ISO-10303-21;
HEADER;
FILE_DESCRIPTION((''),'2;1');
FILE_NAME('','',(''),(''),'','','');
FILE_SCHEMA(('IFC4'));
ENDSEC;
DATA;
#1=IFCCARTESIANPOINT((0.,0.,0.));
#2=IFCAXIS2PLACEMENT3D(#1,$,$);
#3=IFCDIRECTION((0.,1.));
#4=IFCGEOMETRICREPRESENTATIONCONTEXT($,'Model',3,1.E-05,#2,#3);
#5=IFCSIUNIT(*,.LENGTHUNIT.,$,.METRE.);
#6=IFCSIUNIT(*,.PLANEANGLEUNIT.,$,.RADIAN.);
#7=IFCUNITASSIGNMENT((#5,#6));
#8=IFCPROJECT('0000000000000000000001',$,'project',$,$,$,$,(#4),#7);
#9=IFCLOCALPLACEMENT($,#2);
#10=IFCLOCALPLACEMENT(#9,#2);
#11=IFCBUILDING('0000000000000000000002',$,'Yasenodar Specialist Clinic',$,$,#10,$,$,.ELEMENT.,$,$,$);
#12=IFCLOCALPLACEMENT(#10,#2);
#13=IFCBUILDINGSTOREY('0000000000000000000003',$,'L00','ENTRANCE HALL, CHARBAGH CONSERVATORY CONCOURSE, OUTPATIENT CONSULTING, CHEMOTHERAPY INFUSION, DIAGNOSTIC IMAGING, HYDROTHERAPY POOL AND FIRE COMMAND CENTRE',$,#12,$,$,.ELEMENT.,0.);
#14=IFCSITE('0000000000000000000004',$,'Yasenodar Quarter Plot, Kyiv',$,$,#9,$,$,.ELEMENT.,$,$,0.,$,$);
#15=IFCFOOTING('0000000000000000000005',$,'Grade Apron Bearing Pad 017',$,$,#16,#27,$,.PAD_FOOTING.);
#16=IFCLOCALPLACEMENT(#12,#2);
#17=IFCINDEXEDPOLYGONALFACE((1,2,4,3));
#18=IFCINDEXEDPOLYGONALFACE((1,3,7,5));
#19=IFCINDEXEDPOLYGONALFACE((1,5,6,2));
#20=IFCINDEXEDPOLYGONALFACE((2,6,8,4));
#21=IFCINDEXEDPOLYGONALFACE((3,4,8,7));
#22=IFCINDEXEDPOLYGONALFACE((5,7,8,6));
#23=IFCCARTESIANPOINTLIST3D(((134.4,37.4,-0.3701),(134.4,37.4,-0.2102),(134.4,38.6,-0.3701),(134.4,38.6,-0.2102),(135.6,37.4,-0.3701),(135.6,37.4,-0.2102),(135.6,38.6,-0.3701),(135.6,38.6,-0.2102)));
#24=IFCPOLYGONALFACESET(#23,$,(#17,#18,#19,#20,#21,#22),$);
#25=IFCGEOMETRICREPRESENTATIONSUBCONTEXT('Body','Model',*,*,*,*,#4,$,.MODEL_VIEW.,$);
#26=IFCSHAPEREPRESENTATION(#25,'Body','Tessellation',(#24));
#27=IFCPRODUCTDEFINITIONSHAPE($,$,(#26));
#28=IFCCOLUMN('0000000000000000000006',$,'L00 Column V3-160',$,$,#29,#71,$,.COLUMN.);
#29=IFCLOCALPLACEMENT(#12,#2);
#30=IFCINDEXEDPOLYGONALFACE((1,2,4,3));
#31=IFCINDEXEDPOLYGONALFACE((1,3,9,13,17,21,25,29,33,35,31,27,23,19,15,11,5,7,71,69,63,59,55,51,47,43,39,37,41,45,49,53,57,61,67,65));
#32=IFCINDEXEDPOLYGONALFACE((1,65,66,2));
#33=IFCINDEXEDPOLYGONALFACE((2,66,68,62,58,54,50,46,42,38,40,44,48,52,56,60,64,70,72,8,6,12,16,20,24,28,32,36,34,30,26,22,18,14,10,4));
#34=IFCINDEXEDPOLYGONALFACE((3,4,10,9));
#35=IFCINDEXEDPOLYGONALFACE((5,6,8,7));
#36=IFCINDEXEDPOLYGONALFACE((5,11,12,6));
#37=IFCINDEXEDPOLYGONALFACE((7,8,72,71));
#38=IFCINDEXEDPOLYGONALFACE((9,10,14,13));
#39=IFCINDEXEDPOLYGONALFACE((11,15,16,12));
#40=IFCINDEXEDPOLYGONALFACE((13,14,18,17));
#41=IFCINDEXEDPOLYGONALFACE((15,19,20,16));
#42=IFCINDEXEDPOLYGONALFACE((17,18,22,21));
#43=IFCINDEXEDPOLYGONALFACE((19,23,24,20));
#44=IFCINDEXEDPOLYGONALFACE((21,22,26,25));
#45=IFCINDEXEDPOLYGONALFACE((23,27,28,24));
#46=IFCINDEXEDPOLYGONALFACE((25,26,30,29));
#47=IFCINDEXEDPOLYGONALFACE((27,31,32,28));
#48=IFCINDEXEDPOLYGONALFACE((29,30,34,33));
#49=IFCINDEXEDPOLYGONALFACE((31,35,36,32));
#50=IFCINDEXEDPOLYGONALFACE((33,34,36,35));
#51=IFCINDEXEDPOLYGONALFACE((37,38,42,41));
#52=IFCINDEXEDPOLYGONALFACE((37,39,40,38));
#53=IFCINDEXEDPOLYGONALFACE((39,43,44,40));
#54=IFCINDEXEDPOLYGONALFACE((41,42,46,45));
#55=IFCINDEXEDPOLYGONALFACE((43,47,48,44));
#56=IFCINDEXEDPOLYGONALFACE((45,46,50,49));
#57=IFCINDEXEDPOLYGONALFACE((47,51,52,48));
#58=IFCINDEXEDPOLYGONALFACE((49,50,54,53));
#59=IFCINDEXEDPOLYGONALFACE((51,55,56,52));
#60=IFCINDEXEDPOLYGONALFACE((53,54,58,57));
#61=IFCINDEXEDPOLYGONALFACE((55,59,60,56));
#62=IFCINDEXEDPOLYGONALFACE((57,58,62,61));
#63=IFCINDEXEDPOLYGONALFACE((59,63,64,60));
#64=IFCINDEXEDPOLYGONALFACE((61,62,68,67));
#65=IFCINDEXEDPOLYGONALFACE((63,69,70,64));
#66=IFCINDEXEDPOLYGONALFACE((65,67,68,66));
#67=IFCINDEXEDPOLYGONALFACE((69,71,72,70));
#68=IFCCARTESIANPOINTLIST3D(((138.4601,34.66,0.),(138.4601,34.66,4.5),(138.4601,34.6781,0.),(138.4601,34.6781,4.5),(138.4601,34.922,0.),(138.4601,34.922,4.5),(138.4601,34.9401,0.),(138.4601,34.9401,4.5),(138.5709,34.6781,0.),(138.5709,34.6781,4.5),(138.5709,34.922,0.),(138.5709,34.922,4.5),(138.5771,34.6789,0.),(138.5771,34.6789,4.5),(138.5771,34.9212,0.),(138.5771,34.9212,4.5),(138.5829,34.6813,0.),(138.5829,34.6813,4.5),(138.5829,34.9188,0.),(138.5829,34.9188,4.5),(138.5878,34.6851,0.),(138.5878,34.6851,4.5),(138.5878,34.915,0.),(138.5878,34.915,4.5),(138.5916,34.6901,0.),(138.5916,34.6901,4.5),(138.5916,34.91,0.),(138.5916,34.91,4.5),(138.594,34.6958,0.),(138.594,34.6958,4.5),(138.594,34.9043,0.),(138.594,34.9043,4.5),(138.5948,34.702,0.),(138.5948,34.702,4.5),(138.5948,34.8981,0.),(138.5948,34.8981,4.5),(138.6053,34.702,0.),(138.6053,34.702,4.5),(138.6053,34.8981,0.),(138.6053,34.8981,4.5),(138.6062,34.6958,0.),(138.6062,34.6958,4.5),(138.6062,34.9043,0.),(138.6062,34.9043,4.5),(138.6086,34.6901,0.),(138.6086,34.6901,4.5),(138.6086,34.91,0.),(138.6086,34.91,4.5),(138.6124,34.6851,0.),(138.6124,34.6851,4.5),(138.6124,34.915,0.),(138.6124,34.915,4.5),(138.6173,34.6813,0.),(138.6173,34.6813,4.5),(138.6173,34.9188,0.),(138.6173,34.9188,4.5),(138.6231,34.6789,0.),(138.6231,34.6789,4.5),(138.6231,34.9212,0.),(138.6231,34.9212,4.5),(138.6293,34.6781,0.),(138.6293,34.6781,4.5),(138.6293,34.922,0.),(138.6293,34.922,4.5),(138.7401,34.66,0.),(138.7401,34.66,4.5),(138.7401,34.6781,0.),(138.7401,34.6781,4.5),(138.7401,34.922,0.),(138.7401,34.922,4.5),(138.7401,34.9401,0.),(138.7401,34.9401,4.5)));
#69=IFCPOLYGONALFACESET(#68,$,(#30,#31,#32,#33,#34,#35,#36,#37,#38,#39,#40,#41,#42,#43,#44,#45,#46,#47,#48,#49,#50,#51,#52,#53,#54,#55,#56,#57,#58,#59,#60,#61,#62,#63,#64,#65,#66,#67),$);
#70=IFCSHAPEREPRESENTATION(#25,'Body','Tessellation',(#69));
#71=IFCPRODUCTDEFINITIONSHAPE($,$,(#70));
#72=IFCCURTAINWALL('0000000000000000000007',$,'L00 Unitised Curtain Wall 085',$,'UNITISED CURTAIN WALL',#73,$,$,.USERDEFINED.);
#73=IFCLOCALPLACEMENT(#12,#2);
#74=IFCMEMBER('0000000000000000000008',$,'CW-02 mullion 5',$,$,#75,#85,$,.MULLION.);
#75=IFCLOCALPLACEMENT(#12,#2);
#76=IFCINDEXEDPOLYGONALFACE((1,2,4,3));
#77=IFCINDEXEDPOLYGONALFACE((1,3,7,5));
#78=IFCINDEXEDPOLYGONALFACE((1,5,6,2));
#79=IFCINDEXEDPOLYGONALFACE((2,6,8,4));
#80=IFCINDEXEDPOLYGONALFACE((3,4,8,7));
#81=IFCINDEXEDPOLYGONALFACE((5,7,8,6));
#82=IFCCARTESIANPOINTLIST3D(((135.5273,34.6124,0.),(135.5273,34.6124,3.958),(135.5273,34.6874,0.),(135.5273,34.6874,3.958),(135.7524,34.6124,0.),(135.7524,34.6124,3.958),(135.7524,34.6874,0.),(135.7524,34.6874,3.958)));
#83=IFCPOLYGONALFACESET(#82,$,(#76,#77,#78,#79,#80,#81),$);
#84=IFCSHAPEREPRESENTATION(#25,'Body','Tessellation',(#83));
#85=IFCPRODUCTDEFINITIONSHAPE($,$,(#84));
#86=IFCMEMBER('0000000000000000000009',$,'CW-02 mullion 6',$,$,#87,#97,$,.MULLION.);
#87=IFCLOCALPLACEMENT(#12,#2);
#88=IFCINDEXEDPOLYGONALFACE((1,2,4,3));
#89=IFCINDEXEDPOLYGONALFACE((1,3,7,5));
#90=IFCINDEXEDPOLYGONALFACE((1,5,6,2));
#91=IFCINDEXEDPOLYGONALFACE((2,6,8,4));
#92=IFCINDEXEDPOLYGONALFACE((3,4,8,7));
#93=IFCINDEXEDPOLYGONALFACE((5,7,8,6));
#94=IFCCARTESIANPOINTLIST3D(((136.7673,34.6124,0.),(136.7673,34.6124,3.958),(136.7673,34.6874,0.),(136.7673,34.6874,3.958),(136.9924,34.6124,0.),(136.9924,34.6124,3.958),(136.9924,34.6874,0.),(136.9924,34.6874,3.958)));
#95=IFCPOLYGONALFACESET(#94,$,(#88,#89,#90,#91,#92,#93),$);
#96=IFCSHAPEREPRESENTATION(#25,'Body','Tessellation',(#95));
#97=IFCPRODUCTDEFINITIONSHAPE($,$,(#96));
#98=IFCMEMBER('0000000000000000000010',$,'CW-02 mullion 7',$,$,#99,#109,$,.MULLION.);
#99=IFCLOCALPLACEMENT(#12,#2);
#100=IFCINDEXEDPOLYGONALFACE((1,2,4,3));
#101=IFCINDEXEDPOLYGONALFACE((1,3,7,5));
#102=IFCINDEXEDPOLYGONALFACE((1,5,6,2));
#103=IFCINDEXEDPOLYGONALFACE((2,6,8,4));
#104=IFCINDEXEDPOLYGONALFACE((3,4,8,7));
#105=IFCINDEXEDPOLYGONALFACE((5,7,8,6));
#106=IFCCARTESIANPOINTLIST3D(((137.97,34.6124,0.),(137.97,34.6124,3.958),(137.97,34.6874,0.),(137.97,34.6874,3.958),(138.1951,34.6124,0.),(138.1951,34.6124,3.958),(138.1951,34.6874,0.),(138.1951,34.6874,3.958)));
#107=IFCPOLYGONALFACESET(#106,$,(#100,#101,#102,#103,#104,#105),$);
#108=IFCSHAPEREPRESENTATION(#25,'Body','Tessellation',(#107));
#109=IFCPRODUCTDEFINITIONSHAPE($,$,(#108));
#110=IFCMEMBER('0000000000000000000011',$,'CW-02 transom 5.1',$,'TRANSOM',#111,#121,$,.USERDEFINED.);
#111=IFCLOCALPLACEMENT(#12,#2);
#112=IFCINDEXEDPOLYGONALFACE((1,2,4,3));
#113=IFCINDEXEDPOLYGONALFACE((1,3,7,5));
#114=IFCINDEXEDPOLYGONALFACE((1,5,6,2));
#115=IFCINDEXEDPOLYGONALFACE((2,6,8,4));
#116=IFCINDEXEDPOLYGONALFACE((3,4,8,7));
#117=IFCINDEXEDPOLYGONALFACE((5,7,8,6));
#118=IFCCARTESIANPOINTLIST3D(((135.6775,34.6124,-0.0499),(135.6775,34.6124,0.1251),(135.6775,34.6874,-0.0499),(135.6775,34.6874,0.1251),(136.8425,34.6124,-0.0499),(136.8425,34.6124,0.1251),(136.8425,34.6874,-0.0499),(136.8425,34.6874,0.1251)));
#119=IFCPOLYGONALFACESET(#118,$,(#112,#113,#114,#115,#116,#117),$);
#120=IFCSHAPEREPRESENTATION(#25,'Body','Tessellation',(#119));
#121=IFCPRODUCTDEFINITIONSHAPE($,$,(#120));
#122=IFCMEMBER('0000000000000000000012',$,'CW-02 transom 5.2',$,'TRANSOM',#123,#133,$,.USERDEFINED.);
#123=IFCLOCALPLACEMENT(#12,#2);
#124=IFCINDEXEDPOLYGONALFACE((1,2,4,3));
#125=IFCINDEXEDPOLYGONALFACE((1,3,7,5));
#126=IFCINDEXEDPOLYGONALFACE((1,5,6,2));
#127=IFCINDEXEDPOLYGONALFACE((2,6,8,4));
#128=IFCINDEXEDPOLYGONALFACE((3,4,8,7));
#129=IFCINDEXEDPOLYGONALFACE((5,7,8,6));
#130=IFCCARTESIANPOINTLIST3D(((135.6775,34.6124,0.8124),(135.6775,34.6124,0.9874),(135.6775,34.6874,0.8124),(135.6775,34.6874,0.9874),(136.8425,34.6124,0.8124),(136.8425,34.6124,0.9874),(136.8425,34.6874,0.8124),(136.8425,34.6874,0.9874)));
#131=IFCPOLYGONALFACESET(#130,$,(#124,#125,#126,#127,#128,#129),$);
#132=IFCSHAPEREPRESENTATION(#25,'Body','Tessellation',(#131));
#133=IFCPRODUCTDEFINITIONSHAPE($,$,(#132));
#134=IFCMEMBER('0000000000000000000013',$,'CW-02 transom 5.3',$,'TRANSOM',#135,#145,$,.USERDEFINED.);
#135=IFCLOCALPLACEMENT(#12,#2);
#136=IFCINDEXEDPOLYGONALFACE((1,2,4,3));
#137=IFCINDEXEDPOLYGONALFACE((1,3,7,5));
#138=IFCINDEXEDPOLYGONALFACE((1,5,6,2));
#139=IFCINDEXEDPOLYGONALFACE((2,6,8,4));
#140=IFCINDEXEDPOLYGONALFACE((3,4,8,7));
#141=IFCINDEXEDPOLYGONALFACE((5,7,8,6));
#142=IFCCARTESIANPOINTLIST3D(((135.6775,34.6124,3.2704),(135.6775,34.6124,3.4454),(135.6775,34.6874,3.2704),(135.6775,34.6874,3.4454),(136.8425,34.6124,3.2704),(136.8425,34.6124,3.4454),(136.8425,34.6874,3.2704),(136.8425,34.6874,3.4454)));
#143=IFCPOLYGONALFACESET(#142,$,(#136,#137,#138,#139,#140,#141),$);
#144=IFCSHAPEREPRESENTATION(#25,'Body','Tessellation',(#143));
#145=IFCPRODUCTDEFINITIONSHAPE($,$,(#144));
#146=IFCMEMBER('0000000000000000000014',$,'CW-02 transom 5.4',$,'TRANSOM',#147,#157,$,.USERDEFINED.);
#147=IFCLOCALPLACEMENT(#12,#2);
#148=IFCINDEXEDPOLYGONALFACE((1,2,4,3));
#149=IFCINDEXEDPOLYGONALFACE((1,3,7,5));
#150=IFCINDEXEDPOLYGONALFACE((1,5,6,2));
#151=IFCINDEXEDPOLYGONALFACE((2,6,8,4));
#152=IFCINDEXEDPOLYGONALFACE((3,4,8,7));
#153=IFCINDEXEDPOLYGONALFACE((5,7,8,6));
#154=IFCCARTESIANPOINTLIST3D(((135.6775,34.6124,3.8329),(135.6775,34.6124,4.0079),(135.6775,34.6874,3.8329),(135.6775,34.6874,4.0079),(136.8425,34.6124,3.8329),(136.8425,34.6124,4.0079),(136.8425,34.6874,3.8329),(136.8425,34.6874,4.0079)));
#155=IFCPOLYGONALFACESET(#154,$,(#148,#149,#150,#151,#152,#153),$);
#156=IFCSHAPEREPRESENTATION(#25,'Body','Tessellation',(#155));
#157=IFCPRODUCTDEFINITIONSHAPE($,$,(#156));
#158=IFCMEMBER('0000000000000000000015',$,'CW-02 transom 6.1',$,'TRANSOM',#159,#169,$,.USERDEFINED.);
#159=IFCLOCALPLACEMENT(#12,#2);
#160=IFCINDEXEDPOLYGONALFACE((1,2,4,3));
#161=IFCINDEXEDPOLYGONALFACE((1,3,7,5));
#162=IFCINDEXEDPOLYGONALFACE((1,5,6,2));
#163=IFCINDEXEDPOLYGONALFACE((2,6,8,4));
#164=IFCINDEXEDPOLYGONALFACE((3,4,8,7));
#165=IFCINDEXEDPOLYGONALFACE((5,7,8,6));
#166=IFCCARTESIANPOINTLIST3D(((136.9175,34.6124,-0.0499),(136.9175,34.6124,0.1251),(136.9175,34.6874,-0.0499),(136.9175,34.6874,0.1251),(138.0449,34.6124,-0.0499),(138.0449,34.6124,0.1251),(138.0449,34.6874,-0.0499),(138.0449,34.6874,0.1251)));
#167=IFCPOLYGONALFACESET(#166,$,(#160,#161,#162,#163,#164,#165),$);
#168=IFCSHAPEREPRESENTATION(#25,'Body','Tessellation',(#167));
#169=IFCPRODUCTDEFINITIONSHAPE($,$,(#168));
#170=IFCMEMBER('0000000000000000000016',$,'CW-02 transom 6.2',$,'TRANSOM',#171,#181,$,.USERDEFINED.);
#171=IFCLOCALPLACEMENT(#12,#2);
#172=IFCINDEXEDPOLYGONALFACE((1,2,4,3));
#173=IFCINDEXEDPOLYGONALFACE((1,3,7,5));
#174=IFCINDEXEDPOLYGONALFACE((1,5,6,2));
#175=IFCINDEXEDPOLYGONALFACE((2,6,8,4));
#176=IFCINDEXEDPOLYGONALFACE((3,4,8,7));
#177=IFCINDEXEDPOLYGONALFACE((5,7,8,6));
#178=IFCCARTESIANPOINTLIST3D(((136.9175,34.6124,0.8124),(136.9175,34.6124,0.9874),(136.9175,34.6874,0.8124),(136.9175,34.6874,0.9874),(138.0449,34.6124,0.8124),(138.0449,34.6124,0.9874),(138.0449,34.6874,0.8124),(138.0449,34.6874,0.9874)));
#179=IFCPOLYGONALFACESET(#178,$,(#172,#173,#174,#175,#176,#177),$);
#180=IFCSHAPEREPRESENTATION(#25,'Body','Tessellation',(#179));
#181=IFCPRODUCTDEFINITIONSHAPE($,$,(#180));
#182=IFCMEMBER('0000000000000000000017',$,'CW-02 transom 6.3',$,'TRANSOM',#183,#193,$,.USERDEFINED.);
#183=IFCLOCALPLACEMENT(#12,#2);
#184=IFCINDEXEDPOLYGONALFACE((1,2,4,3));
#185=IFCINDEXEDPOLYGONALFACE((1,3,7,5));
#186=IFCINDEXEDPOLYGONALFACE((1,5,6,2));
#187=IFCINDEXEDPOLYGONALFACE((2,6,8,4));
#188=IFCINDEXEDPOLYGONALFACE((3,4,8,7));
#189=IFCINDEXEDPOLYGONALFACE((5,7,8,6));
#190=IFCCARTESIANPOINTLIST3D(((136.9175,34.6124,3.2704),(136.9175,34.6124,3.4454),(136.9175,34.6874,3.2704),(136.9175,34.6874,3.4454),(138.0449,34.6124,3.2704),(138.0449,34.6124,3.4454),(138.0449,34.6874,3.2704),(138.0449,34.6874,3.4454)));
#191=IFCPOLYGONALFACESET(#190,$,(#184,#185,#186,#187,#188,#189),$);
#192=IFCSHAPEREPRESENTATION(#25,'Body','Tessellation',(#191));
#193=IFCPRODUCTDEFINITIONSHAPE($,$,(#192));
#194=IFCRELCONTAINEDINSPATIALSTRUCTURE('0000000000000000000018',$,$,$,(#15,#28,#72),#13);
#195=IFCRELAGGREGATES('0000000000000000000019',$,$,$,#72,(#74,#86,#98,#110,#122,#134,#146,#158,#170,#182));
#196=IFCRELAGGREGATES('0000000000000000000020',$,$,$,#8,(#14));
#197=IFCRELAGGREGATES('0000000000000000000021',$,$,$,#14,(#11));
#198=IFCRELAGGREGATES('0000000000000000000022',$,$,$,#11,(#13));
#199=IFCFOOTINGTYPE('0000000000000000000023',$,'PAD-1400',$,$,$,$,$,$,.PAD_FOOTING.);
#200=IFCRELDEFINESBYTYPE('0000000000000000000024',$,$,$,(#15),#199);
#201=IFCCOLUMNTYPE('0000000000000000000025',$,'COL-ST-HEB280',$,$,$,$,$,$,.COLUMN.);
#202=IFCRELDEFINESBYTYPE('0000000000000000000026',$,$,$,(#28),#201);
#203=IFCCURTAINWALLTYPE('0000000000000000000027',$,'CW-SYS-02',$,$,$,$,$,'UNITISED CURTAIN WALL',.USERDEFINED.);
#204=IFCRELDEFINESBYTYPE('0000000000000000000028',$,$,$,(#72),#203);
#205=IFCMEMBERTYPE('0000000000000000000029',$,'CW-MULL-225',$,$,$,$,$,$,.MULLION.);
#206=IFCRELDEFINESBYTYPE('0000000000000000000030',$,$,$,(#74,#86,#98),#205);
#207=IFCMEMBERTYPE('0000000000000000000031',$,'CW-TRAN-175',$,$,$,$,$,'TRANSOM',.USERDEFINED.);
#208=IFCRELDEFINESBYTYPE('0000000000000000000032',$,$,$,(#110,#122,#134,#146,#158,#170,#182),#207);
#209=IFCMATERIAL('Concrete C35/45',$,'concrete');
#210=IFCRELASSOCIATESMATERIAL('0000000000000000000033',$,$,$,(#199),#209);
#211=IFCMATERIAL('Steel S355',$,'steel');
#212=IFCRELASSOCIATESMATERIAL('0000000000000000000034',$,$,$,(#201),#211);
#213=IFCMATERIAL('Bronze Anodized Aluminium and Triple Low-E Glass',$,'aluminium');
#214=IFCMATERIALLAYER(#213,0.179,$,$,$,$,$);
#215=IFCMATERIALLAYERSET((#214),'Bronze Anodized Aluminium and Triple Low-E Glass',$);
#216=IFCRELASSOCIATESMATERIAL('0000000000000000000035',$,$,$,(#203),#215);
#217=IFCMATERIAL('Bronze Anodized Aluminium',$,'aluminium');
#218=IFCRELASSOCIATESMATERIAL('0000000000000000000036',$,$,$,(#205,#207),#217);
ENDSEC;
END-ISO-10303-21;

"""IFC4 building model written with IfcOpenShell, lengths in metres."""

from ifc_helpers import new_model, si_unit, direction, frame, origin, origin_2d, place, context, subcontext, project, spatial, rectangle, i_section, extrude, material, layer, layer_set, material_profile, profile_set, type_object, element, aggregate, save


model = new_model("IFC4")

# Units and contexts
model_context = context("Model", 3, precision=1e-05, world=origin(), true_north=direction((0.0, 1.0)))
body_context = subcontext(model_context, "Body", "Model", "MODEL_VIEW")
ifc_project = project(units=[si_unit("LENGTHUNIT", "METRE"), si_unit("PLANEANGLEUNIT", "RADIAN")], contexts=[model_context])

# Site, building, storey
site_placement = place(None, origin())
site = spatial("IfcSite", under=ifc_project, at=site_placement, Name="Yasenodar Quarter Plot, Kyiv", CompositionType="ELEMENT", RefElevation=0.0)
building_placement = place(site_placement, origin())
building = spatial("IfcBuilding", under=site, at=building_placement, Name="Yasenodar Specialist Clinic", CompositionType="ELEMENT")
storey_placement = place(building_placement, origin())
storey = spatial("IfcBuildingStorey", under=building, at=storey_placement, Name="L00", Description="ENTRANCE HALL, CHARBAGH CONSERVATORY CONCOURSE, OUTPATIENT CONSULTING, CHEMOTHERAPY INFUSION, DIAGNOSTIC IMAGING, HYDROTHERAPY POOL AND FIRE COMMAND CENTRE", CompositionType="ELEMENT", Elevation=0.0)

# Footing
ifc_material_1 = material(Name="Concrete C35/45", Category="concrete")
footing_type = type_object("IfcFootingType", Name="PAD-1400", PredefinedType="PAD_FOOTING", material=ifc_material_1)
footing_placement = place(storey_placement, frame((135.0, 38.0, -0.3701), z_axis=(0.0, 0.0, 1.0), x_axis=(1.0, 0.0, 0.0)))
element("IfcFooting", 1, at=footing_placement, inside=storey, type_object=footing_type, Name="Grade Apron Bearing Pad 017", PredefinedType="PAD_FOOTING", context=body_context, shape_type="SweptSolid", body=[
    extrude(rectangle(XDim=1.2, YDim=1.2, at=origin_2d()), origin(), (0.0, 0.0, 1.0), 0.1599),
])

# Column
ifc_material_2 = material(Name="Steel S355", Category="steel")
ifc_material_profile_1 = material_profile(ifc_material_2, i_section(OverallWidth=0.28, OverallDepth=0.28, WebThickness=0.0105, FlangeThickness=0.0181, FilletRadius=0.0239, at=origin_2d()), Name="HEB 280")
ifc_profile_set_1 = profile_set([ifc_material_profile_1], Name="Steel S355")
column_type = type_object("IfcColumnType", Name="COL-ST-HEB280", PredefinedType="COLUMN", material=ifc_profile_set_1)
column_placement = place(storey_placement, frame((138.6001, 34.8, 0.0), z_axis=(0.0, 0.0, 1.0), x_axis=(1.0, 0.0, 0.0)))
element("IfcColumn", 2, at=column_placement, inside=storey, type_object=column_type, Name="L00 Column V3-160", PredefinedType="COLUMN", context=body_context, shape_type="SweptSolid", body=[
    extrude(i_section(OverallWidth=0.28, OverallDepth=0.28, WebThickness=0.0105, FlangeThickness=0.0181, FilletRadius=0.0239, at=origin_2d()), origin(), (0.0, 0.0, 1.0), 4.5),
])

# Curtain wall, members
ifc_material_3 = material(Name="Bronze Anodized Aluminium and Triple Low-E Glass", Category="aluminium")
ifc_layer_1 = layer(ifc_material_3, 0.179)
ifc_layer_set_1 = layer_set([ifc_layer_1], Name="Bronze Anodized Aluminium and Triple Low-E Glass")
curtain_wall_type = type_object("IfcCurtainWallType", Name="CW-SYS-02", ElementType="UNITISED CURTAIN WALL", PredefinedType="USERDEFINED", material=ifc_layer_set_1)
curtain_wall_placement = place(storey_placement, origin())
curtain_wall = element("IfcCurtainWall", 3, at=curtain_wall_placement, inside=storey, type_object=curtain_wall_type, Name="L00 Unitised Curtain Wall 085", ObjectType="UNITISED CURTAIN WALL", PredefinedType="USERDEFINED")
ifc_material_4 = material(Name="Bronze Anodized Aluminium", Category="aluminium")
ifc_material_profile_2 = material_profile(ifc_material_4, rectangle(XDim=0.075, YDim=0.2251, at=origin_2d()), Name="CW-MULL 75x225")
ifc_profile_set_2 = profile_set([ifc_material_profile_2], Name="Bronze Anodized Aluminium")
member_type_1 = type_object("IfcMemberType", Name="CW-MULL-225", PredefinedType="MULLION", material=ifc_profile_set_2)
member_1_placement = place(storey_placement, frame((135.6399, 34.6499, 0.0), z_axis=(0.0, 0.0, 1.0), x_axis=(0.0, 1.0, 0.0)))
member_1 = element("IfcMember", 4, at=member_1_placement, type_object=member_type_1, Name="CW-02 mullion 5", PredefinedType="MULLION", context=body_context, shape_type="SweptSolid", body=[
    extrude(rectangle(XDim=0.075, YDim=0.2251, at=origin_2d()), origin(), (0.0, 0.0, 1.0), 3.958),
])
member_2_placement = place(storey_placement, frame((136.8799, 34.6499, 0.0), z_axis=(0.0, 0.0, 1.0), x_axis=(0.0, 1.0, 0.0)))
member_2 = element("IfcMember", 5, at=member_2_placement, type_object=member_type_1, Name="CW-02 mullion 6", PredefinedType="MULLION", context=body_context, shape_type="SweptSolid", body=[
    extrude(rectangle(XDim=0.075, YDim=0.2251, at=origin_2d()), origin(), (0.0, 0.0, 1.0), 3.958),
])
member_3_placement = place(storey_placement, frame((138.0825, 34.6499, 0.0), z_axis=(0.0, 0.0, 1.0), x_axis=(0.0, 1.0, 0.0)))
member_3 = element("IfcMember", 6, at=member_3_placement, type_object=member_type_1, Name="CW-02 mullion 7", PredefinedType="MULLION", context=body_context, shape_type="SweptSolid", body=[
    extrude(rectangle(XDim=0.075, YDim=0.2251, at=origin_2d()), origin(), (0.0, 0.0, 1.0), 3.958),
])
ifc_material_profile_3 = material_profile(ifc_material_4, rectangle(XDim=0.075, YDim=0.175, at=origin_2d()), Name="CW-TRAN 75x175")
ifc_profile_set_3 = profile_set([ifc_material_profile_3], Name="Bronze Anodized Aluminium")
member_type_2 = type_object("IfcMemberType", Name="CW-TRAN-175", ElementType="TRANSOM", PredefinedType="USERDEFINED", material=ifc_profile_set_3)
member_4_placement = place(storey_placement, frame((135.6775, 34.6499, 0.0376), z_axis=(1.0, 0.0, 0.0), x_axis=(0.0, 1.0, 0.0)))
member_4 = element("IfcMember", 7, at=member_4_placement, type_object=member_type_2, Name="CW-02 transom 5.1", ObjectType="TRANSOM", PredefinedType="USERDEFINED", context=body_context, shape_type="SweptSolid", body=[
    extrude(rectangle(XDim=0.075, YDim=0.175, at=origin_2d()), origin(), (0.0, 0.0, 1.0), 1.165),
])
member_5_placement = place(storey_placement, frame((135.6775, 34.6499, 0.8999), z_axis=(1.0, 0.0, 0.0), x_axis=(0.0, 1.0, 0.0)))
member_5 = element("IfcMember", 8, at=member_5_placement, type_object=member_type_2, Name="CW-02 transom 5.2", ObjectType="TRANSOM", PredefinedType="USERDEFINED", context=body_context, shape_type="SweptSolid", body=[
    extrude(rectangle(XDim=0.075, YDim=0.175, at=origin_2d()), origin(), (0.0, 0.0, 1.0), 1.165),
])
member_6_placement = place(storey_placement, frame((135.6775, 34.6499, 3.3579), z_axis=(1.0, 0.0, 0.0), x_axis=(0.0, 1.0, 0.0)))
member_6 = element("IfcMember", 9, at=member_6_placement, type_object=member_type_2, Name="CW-02 transom 5.3", ObjectType="TRANSOM", PredefinedType="USERDEFINED", context=body_context, shape_type="SweptSolid", body=[
    extrude(rectangle(XDim=0.075, YDim=0.175, at=origin_2d()), origin(), (0.0, 0.0, 1.0), 1.165),
])
member_7_placement = place(storey_placement, frame((135.6775, 34.6499, 3.9204), z_axis=(1.0, 0.0, 0.0), x_axis=(0.0, 1.0, 0.0)))
member_7 = element("IfcMember", 10, at=member_7_placement, type_object=member_type_2, Name="CW-02 transom 5.4", ObjectType="TRANSOM", PredefinedType="USERDEFINED", context=body_context, shape_type="SweptSolid", body=[
    extrude(rectangle(XDim=0.075, YDim=0.175, at=origin_2d()), origin(), (0.0, 0.0, 1.0), 1.165),
])
member_8_placement = place(storey_placement, frame((136.9175, 34.6499, 0.0376), z_axis=(1.0, 0.0, 0.0), x_axis=(0.0, 1.0, 0.0)))
member_8 = element("IfcMember", 11, at=member_8_placement, type_object=member_type_2, Name="CW-02 transom 6.1", ObjectType="TRANSOM", PredefinedType="USERDEFINED", context=body_context, shape_type="SweptSolid", body=[
    extrude(rectangle(XDim=0.075, YDim=0.175, at=origin_2d()), origin(), (0.0, 0.0, 1.0), 1.1274),
])
member_9_placement = place(storey_placement, frame((136.9175, 34.6499, 0.8999), z_axis=(1.0, 0.0, 0.0), x_axis=(0.0, 1.0, 0.0)))
member_9 = element("IfcMember", 12, at=member_9_placement, type_object=member_type_2, Name="CW-02 transom 6.2", ObjectType="TRANSOM", PredefinedType="USERDEFINED", context=body_context, shape_type="SweptSolid", body=[
    extrude(rectangle(XDim=0.075, YDim=0.175, at=origin_2d()), origin(), (0.0, 0.0, 1.0), 1.1274),
])
member_10_placement = place(storey_placement, frame((136.9175, 34.6499, 3.3579), z_axis=(1.0, 0.0, 0.0), x_axis=(0.0, 1.0, 0.0)))
member_10 = element("IfcMember", 13, at=member_10_placement, type_object=member_type_2, Name="CW-02 transom 6.3", ObjectType="TRANSOM", PredefinedType="USERDEFINED", context=body_context, shape_type="SweptSolid", body=[
    extrude(rectangle(XDim=0.075, YDim=0.175, at=origin_2d()), origin(), (0.0, 0.0, 1.0), 1.1274),
])
aggregate(curtain_wall, [member_1, member_2, member_3, member_4, member_5, member_6, member_7, member_8, member_9, member_10])

save(model, "model.ifc")
